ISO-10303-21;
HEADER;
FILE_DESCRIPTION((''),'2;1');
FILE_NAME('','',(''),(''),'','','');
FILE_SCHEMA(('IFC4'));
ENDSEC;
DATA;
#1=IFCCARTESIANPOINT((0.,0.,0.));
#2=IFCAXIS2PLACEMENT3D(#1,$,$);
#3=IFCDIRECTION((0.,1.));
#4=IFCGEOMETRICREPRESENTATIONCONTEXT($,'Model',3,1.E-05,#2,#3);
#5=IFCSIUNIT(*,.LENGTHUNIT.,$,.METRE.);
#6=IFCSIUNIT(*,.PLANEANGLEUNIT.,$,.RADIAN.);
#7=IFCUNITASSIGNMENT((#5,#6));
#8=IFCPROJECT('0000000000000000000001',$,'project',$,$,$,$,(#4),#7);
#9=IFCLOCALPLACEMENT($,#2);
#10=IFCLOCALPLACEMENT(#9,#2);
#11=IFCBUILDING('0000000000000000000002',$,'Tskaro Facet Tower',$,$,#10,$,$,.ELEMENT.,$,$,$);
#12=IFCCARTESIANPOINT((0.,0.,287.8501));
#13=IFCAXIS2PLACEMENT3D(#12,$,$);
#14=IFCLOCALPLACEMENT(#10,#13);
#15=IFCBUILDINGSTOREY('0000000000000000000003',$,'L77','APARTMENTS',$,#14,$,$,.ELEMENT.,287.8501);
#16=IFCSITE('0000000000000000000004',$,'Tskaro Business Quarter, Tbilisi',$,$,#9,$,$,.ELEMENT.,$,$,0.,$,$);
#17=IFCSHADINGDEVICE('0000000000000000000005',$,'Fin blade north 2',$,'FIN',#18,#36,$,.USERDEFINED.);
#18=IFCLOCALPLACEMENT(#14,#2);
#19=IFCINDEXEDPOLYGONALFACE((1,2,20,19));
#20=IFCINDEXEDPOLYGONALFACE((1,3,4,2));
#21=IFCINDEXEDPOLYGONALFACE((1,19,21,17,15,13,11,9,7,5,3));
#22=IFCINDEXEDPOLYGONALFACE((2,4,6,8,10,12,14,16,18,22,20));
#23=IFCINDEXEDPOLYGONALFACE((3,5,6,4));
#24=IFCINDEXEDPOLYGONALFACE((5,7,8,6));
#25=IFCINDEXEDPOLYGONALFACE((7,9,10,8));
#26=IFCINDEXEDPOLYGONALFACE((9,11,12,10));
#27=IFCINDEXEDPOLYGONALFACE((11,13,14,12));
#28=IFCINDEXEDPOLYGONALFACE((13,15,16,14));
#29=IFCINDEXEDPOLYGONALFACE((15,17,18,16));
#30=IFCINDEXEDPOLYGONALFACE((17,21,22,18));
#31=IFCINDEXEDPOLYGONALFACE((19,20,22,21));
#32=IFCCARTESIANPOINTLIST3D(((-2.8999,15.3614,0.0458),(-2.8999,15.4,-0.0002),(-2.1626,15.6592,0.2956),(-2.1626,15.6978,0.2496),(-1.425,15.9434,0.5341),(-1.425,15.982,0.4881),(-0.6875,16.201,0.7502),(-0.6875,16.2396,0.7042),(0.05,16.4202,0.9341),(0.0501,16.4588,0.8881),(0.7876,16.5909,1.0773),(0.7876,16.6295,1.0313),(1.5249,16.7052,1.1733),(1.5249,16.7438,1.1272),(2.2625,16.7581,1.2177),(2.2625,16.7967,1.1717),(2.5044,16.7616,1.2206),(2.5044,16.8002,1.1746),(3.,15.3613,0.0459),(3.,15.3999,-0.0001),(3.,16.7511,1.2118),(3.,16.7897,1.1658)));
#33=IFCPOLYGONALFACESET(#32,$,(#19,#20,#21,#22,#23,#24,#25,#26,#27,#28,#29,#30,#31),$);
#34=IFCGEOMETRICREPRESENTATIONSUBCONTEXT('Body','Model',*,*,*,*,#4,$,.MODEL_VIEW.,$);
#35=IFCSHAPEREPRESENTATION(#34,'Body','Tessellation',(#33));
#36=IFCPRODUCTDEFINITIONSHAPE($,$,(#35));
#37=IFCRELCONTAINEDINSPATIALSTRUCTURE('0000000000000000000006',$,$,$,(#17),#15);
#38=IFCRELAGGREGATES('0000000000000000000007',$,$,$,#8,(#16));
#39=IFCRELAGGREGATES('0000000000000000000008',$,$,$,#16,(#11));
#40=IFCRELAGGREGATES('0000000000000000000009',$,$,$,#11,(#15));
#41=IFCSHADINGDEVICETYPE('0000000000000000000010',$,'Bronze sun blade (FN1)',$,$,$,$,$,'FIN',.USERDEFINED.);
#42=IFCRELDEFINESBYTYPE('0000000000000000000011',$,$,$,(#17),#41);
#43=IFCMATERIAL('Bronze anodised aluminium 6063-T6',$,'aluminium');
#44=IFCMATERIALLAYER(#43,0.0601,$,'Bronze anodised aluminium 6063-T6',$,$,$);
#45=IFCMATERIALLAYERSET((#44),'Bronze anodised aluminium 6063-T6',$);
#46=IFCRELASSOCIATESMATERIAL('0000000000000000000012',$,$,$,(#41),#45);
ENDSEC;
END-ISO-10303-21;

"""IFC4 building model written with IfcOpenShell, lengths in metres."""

from ifc_helpers import new_model, si_unit, direction, frame, origin, place, context, subcontext, project, spatial, polyline, outline, extrude, material, layer, layer_set, type_object, element, save


model = new_model("IFC4")

# Units and contexts
model_context = context("Model", 3, precision=1e-05, world=origin(), true_north=direction((0.0, 1.0)))
body_context = subcontext(model_context, "Body", "Model", "MODEL_VIEW")
ifc_project = project(units=[si_unit("LENGTHUNIT", "METRE"), si_unit("PLANEANGLEUNIT", "RADIAN")], contexts=[model_context])

# Site, building, storey
site_placement = place(None, origin())
site = spatial("IfcSite", under=ifc_project, at=site_placement, Name="Tskaro Business Quarter, Tbilisi", CompositionType="ELEMENT", RefElevation=0.0)
building_placement = place(site_placement, origin())
building = spatial("IfcBuilding", under=site, at=building_placement, Name="Tskaro Facet Tower", CompositionType="ELEMENT")
storey_placement = place(building_placement, frame((0.0, 0.0, 287.8501)))
storey = spatial("IfcBuildingStorey", under=building, at=storey_placement, Name="L77", Description="APARTMENTS", CompositionType="ELEMENT", Elevation=287.8501)

# Shared definitions
ifc_material_1 = material(Name="Bronze anodised aluminium 6063-T6", Category="aluminium")

# Shading device
ifc_layer_1 = layer(ifc_material_1, 0.0601, Name="Bronze anodised aluminium 6063-T6")
ifc_layer_set_1 = layer_set([ifc_layer_1], Name="Bronze anodised aluminium 6063-T6")
shading_device_type = type_object("IfcShadingDeviceType", Name="Bronze sun blade (FN1)", ElementType="FIN", PredefinedType="USERDEFINED", material=ifc_layer_set_1)
shading_device_1_placement = place(storey_placement, frame((3.0, 15.3613, 0.0459), z_axis=(-0.000025, -0.64272, 0.766101), x_axis=(-1.0, 0.000016, -0.000019)))
element("IfcShadingDevice", 1, at=shading_device_1_placement, inside=storey, type_object=shading_device_type, Name="Fin blade north 2", ObjectType="FIN", PredefinedType="USERDEFINED", context=body_context, shape_type="SweptSolid", body=[
    extrude(outline(polyline([(0.0, 0.0), (5.8999, 0.0), (5.1626, -0.3887), (4.425, -0.7597), (3.6875, -1.0959), (2.95, -1.382), (2.2124, -1.6049), (1.4751, -1.7541), (0.7375, -1.8232), (0.4956, -1.8277), (0.0, -1.814), (0.0, 0.0)])), origin(), (0.0, 0.0, -1.0), 0.0601),
])

save(model, "model.ifc")
